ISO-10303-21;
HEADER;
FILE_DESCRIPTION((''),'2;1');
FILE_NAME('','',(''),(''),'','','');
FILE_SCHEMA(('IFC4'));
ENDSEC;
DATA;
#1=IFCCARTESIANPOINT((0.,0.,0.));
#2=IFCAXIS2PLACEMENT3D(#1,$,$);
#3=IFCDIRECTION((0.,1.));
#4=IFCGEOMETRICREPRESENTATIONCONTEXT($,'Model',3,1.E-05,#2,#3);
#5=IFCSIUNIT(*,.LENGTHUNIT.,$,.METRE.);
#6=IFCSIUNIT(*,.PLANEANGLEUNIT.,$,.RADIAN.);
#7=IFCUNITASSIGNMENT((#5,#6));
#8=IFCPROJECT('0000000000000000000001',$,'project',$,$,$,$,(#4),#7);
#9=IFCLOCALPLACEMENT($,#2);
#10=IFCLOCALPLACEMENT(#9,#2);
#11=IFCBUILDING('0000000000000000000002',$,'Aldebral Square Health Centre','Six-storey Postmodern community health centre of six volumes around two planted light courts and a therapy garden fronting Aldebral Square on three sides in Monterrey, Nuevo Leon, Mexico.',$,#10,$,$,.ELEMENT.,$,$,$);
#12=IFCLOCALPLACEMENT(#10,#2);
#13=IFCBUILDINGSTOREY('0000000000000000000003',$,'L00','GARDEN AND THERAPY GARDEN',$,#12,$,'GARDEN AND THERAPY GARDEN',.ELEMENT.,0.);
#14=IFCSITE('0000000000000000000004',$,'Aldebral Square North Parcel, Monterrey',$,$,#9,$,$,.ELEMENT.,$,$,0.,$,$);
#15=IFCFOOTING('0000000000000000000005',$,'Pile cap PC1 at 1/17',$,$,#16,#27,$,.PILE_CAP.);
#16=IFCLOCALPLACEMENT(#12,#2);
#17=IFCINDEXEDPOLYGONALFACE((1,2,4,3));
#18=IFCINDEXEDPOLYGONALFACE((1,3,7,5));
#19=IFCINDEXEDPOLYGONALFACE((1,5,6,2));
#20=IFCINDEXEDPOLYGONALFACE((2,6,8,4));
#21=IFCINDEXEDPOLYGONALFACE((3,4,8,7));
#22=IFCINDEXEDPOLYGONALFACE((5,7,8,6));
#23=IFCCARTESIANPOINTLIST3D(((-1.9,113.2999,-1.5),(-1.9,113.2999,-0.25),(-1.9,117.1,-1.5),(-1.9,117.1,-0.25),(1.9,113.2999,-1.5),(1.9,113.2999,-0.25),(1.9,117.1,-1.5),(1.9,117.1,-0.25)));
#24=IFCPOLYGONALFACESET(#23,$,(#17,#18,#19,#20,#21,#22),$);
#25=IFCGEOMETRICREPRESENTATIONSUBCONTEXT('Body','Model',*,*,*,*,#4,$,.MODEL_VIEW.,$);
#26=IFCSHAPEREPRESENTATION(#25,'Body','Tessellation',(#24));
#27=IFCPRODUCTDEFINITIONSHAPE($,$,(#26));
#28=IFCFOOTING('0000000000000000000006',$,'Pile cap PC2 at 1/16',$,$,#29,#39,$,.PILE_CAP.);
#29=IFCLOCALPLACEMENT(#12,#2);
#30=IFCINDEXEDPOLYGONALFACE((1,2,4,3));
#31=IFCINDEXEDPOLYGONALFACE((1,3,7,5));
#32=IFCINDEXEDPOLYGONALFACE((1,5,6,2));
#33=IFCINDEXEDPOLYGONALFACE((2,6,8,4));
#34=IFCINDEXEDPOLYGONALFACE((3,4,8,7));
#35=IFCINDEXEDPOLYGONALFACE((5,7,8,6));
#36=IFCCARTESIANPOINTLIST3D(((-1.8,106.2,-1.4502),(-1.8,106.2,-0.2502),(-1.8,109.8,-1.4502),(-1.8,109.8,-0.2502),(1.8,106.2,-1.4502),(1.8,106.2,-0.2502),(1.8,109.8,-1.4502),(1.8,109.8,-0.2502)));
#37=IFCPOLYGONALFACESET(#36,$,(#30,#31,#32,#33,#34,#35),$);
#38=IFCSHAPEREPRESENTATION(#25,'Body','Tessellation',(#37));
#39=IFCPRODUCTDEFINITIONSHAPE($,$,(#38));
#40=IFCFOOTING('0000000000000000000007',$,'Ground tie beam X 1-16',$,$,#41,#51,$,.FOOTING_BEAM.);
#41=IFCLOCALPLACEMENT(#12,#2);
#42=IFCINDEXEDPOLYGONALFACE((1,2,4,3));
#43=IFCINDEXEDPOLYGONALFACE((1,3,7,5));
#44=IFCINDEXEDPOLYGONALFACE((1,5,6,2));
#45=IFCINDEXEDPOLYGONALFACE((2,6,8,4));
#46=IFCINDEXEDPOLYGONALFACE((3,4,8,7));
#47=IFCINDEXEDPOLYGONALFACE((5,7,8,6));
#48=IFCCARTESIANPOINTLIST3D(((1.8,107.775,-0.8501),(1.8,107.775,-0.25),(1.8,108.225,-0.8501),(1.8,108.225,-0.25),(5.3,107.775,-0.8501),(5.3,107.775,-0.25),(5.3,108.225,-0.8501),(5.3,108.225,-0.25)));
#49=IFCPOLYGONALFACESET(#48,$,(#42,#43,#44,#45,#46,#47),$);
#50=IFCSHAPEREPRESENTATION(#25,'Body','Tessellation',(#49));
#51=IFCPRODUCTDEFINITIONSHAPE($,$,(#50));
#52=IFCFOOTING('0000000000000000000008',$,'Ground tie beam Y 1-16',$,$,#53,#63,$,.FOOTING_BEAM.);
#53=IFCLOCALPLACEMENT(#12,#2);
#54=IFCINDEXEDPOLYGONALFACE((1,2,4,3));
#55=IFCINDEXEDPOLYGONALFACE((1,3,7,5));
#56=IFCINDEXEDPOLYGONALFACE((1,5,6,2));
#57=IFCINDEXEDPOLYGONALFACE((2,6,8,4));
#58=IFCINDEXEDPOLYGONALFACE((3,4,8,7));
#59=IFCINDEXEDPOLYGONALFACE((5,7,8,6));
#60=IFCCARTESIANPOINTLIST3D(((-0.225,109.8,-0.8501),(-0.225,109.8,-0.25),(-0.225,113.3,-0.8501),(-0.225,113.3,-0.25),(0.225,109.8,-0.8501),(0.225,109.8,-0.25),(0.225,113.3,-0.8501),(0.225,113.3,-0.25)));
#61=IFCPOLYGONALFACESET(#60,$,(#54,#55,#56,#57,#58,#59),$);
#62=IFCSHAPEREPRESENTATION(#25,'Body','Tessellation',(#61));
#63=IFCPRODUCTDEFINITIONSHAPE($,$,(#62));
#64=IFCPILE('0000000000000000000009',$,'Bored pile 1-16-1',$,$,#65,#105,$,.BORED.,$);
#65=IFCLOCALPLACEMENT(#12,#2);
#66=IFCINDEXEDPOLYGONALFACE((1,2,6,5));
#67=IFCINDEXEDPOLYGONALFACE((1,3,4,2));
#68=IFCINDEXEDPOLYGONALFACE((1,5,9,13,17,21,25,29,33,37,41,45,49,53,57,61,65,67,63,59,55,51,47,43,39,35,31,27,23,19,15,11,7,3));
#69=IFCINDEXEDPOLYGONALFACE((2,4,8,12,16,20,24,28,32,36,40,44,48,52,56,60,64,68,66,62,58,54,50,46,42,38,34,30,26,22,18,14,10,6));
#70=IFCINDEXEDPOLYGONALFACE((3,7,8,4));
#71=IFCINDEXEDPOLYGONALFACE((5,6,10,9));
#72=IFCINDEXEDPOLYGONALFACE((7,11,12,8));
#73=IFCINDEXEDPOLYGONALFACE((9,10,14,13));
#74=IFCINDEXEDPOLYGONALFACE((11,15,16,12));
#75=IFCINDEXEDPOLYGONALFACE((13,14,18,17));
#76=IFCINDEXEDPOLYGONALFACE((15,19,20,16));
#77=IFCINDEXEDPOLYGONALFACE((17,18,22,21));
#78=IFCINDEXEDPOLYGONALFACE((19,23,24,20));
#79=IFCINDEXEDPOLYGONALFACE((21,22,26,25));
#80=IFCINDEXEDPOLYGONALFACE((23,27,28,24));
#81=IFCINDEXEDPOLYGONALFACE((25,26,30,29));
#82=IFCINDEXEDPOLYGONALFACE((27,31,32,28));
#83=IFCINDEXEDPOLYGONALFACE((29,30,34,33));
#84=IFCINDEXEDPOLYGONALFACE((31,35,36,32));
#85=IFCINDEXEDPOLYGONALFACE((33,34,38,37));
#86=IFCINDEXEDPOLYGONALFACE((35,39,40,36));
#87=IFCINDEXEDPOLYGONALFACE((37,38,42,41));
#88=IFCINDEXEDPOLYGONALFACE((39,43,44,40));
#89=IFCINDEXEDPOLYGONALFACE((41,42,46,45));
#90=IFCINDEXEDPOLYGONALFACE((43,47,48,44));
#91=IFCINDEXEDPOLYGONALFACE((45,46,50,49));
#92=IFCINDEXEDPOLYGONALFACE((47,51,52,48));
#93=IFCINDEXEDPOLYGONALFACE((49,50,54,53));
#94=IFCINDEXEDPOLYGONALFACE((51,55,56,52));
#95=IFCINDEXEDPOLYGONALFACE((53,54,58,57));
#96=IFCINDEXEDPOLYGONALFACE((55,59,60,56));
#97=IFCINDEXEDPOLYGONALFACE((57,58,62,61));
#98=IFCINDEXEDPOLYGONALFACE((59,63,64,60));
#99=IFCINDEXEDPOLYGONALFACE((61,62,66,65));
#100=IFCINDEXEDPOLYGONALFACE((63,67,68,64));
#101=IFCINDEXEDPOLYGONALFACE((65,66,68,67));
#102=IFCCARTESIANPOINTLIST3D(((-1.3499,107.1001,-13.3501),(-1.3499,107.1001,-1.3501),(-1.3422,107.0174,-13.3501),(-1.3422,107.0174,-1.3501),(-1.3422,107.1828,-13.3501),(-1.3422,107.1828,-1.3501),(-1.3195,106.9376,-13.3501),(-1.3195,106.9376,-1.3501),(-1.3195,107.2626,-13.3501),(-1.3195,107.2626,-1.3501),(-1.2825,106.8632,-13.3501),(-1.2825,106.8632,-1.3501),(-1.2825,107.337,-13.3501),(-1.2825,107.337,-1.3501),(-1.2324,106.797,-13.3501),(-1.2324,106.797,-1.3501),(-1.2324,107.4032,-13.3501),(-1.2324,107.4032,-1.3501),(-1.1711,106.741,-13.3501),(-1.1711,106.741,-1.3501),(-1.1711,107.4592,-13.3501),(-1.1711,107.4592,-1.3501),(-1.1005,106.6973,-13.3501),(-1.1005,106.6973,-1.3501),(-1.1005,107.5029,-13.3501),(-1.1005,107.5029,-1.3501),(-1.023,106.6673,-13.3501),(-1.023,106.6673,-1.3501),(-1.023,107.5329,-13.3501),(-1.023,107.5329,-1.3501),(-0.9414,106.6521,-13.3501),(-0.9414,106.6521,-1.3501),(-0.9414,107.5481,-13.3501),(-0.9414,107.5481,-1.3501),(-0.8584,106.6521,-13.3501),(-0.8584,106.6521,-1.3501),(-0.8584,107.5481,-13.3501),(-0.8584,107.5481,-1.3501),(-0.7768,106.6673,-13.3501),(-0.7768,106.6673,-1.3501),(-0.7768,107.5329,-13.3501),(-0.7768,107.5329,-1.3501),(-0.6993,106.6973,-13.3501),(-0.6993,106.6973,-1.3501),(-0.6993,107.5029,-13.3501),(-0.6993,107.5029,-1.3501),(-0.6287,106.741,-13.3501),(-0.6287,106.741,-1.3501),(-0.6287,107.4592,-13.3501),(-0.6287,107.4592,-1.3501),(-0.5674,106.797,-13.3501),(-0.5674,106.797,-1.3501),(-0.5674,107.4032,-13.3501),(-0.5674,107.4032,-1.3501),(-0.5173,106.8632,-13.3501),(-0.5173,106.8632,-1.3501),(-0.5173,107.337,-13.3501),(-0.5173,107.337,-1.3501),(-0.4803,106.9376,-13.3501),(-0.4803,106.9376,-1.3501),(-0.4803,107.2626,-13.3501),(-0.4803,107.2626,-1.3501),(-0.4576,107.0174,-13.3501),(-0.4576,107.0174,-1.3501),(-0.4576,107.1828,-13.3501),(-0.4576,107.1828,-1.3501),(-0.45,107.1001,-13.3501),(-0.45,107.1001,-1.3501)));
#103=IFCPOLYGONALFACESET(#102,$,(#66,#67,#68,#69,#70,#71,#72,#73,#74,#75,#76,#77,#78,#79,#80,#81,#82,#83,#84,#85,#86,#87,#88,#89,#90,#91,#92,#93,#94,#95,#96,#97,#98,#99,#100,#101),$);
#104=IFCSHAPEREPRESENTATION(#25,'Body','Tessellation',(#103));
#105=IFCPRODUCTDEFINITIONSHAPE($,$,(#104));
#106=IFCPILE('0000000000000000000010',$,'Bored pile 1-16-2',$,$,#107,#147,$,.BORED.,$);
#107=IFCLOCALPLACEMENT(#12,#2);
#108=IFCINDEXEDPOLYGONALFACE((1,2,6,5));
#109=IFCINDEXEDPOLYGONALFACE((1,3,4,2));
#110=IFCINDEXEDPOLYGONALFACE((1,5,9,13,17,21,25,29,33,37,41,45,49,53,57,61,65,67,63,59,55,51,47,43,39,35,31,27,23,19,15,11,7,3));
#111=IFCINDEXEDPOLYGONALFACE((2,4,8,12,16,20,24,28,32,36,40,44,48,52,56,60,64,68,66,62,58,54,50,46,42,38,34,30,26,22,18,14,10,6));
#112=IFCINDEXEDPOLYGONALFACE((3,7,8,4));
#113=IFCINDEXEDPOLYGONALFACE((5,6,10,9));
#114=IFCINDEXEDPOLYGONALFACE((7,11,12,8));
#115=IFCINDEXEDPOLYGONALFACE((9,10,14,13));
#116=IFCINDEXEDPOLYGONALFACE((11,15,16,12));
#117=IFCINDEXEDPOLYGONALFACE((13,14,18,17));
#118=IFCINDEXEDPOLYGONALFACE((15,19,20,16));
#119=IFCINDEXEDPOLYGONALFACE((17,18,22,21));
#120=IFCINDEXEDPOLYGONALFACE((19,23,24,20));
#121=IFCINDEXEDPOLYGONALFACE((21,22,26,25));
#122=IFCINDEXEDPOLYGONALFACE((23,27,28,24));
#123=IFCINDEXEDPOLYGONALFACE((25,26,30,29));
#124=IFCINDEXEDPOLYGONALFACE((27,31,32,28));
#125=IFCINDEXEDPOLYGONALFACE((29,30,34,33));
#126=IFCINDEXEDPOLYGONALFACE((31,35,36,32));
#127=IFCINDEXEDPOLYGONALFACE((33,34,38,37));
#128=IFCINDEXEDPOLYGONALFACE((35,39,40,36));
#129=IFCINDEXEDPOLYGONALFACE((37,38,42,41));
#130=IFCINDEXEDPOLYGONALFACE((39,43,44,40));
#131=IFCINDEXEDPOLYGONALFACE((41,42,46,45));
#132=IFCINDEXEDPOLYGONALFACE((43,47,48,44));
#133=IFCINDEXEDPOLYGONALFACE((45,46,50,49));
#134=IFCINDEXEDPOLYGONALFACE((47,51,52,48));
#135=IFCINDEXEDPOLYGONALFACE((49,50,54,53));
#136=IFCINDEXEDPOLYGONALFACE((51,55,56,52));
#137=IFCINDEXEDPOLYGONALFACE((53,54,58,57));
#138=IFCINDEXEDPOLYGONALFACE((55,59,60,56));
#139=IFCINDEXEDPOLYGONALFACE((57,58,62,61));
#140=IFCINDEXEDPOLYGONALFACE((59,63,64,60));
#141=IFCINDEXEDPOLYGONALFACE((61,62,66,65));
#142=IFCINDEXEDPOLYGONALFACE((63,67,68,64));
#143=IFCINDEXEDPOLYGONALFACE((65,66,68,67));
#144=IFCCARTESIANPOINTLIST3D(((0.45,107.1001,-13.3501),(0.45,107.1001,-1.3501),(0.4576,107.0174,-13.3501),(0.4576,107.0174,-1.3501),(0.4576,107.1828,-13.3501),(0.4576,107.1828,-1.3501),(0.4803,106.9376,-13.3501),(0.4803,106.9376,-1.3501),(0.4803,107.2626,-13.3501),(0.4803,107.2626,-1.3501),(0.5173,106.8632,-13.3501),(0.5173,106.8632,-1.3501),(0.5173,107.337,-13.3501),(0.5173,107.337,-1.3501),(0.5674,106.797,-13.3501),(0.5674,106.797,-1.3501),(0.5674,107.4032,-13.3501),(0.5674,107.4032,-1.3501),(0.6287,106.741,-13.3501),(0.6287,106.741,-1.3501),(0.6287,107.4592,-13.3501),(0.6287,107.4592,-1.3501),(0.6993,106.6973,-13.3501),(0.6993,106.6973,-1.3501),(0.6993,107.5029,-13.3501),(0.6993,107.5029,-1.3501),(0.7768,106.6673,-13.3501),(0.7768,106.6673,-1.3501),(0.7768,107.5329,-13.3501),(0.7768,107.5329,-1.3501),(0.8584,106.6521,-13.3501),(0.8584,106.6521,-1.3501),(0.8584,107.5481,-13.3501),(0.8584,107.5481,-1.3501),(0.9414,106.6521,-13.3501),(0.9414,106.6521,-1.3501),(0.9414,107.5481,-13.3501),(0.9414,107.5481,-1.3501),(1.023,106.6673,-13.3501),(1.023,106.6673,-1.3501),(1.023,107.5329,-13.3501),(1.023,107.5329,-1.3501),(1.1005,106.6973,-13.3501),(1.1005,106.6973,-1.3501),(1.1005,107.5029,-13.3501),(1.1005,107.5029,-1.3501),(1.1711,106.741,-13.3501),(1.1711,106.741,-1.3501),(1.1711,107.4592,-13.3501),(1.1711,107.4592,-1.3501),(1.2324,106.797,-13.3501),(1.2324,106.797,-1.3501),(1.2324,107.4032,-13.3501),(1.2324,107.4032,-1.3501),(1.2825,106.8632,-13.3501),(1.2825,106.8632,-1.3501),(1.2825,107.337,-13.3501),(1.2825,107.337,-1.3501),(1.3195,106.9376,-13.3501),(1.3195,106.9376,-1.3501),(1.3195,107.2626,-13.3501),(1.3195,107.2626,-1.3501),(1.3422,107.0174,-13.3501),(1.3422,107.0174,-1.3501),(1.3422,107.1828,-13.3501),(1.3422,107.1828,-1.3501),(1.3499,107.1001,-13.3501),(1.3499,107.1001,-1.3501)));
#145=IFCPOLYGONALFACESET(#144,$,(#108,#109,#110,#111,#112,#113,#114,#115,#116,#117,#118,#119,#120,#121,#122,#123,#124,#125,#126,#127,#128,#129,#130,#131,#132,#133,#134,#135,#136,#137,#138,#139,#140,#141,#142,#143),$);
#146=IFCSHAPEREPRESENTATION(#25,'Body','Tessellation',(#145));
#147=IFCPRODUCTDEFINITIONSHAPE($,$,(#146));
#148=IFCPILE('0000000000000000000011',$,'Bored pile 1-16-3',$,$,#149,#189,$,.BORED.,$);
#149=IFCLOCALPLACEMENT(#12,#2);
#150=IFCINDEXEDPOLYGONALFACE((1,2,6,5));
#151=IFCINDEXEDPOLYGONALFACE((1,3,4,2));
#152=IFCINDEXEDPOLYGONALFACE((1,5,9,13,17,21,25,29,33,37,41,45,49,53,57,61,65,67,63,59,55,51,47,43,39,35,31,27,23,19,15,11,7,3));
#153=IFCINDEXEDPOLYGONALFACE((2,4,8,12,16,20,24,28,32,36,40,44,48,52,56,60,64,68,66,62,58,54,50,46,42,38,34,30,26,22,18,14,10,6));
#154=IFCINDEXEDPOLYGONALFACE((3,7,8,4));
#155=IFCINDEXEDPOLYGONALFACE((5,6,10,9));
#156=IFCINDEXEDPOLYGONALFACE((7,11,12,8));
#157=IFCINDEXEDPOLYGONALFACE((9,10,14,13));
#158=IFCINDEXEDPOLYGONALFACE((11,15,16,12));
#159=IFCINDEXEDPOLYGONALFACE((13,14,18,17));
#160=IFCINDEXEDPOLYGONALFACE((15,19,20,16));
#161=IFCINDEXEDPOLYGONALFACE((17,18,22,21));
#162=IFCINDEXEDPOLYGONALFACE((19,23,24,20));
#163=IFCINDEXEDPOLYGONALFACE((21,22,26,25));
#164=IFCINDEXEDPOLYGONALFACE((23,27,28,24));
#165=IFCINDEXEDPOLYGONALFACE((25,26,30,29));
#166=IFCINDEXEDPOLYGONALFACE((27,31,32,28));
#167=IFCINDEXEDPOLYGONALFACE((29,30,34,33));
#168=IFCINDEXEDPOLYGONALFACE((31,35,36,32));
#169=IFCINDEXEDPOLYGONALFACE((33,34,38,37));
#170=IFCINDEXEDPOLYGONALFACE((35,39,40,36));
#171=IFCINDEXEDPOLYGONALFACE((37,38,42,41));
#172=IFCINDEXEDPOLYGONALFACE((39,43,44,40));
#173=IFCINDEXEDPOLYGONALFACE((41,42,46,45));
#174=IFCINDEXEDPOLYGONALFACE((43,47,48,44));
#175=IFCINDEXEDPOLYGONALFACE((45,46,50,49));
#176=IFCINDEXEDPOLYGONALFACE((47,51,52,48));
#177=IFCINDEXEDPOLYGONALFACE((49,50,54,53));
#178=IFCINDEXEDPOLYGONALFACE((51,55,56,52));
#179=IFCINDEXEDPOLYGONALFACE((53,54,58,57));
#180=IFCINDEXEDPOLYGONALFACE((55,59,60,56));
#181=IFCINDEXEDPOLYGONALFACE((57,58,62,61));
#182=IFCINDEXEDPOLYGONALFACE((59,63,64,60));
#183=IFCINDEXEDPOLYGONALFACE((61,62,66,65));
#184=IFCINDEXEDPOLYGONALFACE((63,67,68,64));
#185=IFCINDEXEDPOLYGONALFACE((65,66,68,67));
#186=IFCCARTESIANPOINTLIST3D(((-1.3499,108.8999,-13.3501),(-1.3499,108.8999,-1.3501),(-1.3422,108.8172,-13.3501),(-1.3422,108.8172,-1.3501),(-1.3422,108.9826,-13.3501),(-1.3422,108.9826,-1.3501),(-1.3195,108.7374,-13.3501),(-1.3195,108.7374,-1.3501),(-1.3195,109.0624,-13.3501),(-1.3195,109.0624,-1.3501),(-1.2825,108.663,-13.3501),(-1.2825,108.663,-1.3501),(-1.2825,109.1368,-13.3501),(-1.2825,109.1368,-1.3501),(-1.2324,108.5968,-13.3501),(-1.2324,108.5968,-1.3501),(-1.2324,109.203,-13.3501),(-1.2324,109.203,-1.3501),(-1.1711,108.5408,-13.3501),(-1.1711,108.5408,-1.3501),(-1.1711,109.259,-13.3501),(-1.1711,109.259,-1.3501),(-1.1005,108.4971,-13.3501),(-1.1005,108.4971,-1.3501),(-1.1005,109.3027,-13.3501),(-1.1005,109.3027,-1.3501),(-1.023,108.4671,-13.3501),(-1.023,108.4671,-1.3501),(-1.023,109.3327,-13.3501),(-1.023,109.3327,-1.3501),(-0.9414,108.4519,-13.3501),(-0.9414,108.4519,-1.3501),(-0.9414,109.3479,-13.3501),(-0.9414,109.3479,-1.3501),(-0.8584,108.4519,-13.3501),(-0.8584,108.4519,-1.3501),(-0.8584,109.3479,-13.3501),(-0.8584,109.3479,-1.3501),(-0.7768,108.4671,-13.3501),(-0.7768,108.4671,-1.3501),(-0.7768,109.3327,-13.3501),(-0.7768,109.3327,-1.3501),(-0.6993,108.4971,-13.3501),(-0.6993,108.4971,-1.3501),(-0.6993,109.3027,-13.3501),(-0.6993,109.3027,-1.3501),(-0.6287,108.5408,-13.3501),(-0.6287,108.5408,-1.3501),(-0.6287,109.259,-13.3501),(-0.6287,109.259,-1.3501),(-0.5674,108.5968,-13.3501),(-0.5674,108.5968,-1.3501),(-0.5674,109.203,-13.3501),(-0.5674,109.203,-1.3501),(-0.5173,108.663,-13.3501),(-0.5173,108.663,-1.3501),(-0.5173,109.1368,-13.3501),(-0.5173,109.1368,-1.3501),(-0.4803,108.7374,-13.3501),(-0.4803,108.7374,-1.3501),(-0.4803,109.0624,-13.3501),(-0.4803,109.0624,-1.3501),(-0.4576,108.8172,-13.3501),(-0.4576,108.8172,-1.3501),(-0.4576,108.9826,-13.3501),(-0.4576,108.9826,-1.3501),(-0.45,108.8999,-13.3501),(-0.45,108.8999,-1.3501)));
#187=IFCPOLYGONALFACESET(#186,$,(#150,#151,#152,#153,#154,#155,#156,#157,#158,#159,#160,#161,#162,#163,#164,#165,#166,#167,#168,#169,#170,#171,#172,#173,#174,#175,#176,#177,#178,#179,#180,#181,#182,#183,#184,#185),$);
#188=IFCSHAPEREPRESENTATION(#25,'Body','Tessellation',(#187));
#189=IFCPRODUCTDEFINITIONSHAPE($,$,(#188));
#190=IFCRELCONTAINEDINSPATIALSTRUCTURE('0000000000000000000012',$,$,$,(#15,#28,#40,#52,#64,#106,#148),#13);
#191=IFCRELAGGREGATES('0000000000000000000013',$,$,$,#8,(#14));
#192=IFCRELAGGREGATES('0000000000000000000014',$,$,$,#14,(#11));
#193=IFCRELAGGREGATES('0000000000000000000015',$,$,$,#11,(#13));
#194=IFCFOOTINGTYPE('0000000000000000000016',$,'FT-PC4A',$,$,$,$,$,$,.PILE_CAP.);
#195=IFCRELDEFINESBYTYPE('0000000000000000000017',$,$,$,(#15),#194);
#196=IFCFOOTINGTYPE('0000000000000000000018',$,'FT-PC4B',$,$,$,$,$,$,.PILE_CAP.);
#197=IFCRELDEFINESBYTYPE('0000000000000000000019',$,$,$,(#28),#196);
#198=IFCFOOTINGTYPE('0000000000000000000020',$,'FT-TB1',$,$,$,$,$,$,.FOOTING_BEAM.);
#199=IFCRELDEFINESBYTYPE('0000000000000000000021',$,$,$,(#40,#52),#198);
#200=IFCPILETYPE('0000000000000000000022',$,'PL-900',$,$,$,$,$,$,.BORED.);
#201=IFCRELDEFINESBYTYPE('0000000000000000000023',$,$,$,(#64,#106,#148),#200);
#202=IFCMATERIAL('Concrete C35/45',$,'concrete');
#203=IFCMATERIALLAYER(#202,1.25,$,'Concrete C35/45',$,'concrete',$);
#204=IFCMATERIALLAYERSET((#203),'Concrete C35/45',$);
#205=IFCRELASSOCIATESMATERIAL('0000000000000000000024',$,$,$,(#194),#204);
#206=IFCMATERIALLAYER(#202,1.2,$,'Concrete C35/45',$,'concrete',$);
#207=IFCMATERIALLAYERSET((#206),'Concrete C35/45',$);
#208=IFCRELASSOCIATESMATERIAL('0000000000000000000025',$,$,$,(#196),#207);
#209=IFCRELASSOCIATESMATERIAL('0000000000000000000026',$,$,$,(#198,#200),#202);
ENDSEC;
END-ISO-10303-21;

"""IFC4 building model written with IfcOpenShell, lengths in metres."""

from ifc_helpers import new_model, si_unit, direction, frame, origin, origin_2d, place, context, subcontext, project, spatial, rectangle, circle, extrude, material, layer, layer_set, material_profile, profile_set, type_object, element, save


model = new_model("IFC4")

# Units and contexts
model_context = context("Model", 3, precision=1e-05, world=origin(), true_north=direction((0.0, 1.0)))
body_context = subcontext(model_context, "Body", "Model", "MODEL_VIEW")
ifc_project = project(units=[si_unit("LENGTHUNIT", "METRE"), si_unit("PLANEANGLEUNIT", "RADIAN")], contexts=[model_context])

# Site, building, storey
site_placement = place(None, origin())
site = spatial("IfcSite", under=ifc_project, at=site_placement, Name="Aldebral Square North Parcel, Monterrey", CompositionType="ELEMENT", RefElevation=0.0)
building_placement = place(site_placement, origin())
building = spatial("IfcBuilding", under=site, at=building_placement, Name="Aldebral Square Health Centre", Description="Six-storey Postmodern community health centre of six volumes around two planted light courts and a therapy garden fronting Aldebral Square on three sides in Monterrey, Nuevo Leon, Mexico.", CompositionType="ELEMENT")
storey_placement = place(building_placement, origin())
storey = spatial("IfcBuildingStorey", under=building, at=storey_placement, Name="L00", Description="GARDEN AND THERAPY GARDEN", LongName="GARDEN AND THERAPY GARDEN", CompositionType="ELEMENT", Elevation=0.0)

# Footings
ifc_material_1 = material(Name="Concrete C35/45", Category="concrete")
ifc_layer_1 = layer(ifc_material_1, 1.25, Name="Concrete C35/45", Category="concrete")
ifc_layer_set_1 = layer_set([ifc_layer_1], Name="Concrete C35/45")
footing_type_1 = type_object("IfcFootingType", Name="FT-PC4A", PredefinedType="PILE_CAP", material=ifc_layer_set_1)
footing_1_placement = place(storey_placement, frame((0.0, 115.2, -1.5), z_axis=(0.0, 0.0, 1.0), x_axis=(1.0, 0.0, 0.0)))
element("IfcFooting", 1, at=footing_1_placement, inside=storey, type_object=footing_type_1, Name="Pile cap PC1 at 1/17", PredefinedType="PILE_CAP", context=body_context, shape_type="SweptSolid", body=[
    extrude(rectangle(XDim=3.8, YDim=3.8, at=origin_2d()), origin(), (0.0, 0.0, 1.0), 1.25),
])
ifc_layer_2 = layer(ifc_material_1, 1.2, Name="Concrete C35/45", Category="concrete")
ifc_layer_set_2 = layer_set([ifc_layer_2], Name="Concrete C35/45")
footing_type_2 = type_object("IfcFootingType", Name="FT-PC4B", PredefinedType="PILE_CAP", material=ifc_layer_set_2)
footing_2_placement = place(storey_placement, frame((0.0, 108.0, -1.4502), z_axis=(0.0, 0.0, 1.0), x_axis=(1.0, 0.0, 0.0)))
element("IfcFooting", 2, at=footing_2_placement, inside=storey, type_object=footing_type_2, Name="Pile cap PC2 at 1/16", PredefinedType="PILE_CAP", context=body_context, shape_type="SweptSolid", body=[
    extrude(rectangle(XDim=3.6001, YDim=3.6001, at=origin_2d()), origin(), (0.0, 0.0, 1.0), 1.2),
])
ifc_material_profile_1 = material_profile(ifc_material_1, rectangle(XDim=0.45, YDim=0.6001, at=origin_2d()), Name="RC 450x600")
ifc_profile_set_1 = profile_set([ifc_material_profile_1], Name="Concrete C35/45")
footing_type_3 = type_object("IfcFootingType", Name="FT-TB1", PredefinedType="FOOTING_BEAM", material=ifc_profile_set_1)
for number, where, z_axis, x_axis, name in (
    (3, (1.8, 108.0, -0.55), (1.0, 0.0, 0.0), (0.0, 1.0, 0.0), "Ground tie beam X 1-16"),
    (4, (0.0, 109.8, -0.55), (0.0, 1.0, 0.0), (-1.0, 0.0, 0.0), "Ground tie beam Y 1-16"),
):
    element("IfcFooting", number, at=place(storey_placement, frame(where, z_axis=z_axis, x_axis=x_axis)), inside=storey, type_object=footing_type_3, Name=name, PredefinedType="FOOTING_BEAM", context=body_context, shape_type="SweptSolid", body=[
        extrude(rectangle(XDim=0.45, YDim=0.6001, at=origin_2d()), origin(), (0.0, 0.0, 1.0), 3.5),
    ])

# Piles
ifc_material_profile_2 = material_profile(ifc_material_1, circle(Radius=0.45, at=origin_2d()), Name="PILE D900")
ifc_profile_set_2 = profile_set([ifc_material_profile_2], Name="Concrete C35/45")
pile_type = type_object("IfcPileType", Name="PL-900", PredefinedType="BORED", material=ifc_profile_set_2)
for number, where, z_axis, x_axis, name in (
    (5, (-0.8999, 107.1001, -1.3501), (0.0, 0.0, -1.0), (1.0, 0.0, 0.0), "Bored pile 1-16-1"),
    (6, (0.8999, 107.1001, -1.3501), (0.0, 0.0, -1.0), (1.0, 0.0, 0.0), "Bored pile 1-16-2"),
    (7, (-0.8999, 108.8999, -1.3501), (0.0, 0.0, -1.0), (1.0, 0.0, 0.0), "Bored pile 1-16-3"),
):
    element("IfcPile", number, at=place(storey_placement, frame(where, z_axis=z_axis, x_axis=x_axis)), inside=storey, type_object=pile_type, Name=name, PredefinedType="BORED", context=body_context, shape_type="SweptSolid", body=[
        extrude(circle(Radius=0.45, at=origin_2d()), origin(), (0.0, 0.0, 1.0), 12.0),
    ])

save(model, "model.ifc")
